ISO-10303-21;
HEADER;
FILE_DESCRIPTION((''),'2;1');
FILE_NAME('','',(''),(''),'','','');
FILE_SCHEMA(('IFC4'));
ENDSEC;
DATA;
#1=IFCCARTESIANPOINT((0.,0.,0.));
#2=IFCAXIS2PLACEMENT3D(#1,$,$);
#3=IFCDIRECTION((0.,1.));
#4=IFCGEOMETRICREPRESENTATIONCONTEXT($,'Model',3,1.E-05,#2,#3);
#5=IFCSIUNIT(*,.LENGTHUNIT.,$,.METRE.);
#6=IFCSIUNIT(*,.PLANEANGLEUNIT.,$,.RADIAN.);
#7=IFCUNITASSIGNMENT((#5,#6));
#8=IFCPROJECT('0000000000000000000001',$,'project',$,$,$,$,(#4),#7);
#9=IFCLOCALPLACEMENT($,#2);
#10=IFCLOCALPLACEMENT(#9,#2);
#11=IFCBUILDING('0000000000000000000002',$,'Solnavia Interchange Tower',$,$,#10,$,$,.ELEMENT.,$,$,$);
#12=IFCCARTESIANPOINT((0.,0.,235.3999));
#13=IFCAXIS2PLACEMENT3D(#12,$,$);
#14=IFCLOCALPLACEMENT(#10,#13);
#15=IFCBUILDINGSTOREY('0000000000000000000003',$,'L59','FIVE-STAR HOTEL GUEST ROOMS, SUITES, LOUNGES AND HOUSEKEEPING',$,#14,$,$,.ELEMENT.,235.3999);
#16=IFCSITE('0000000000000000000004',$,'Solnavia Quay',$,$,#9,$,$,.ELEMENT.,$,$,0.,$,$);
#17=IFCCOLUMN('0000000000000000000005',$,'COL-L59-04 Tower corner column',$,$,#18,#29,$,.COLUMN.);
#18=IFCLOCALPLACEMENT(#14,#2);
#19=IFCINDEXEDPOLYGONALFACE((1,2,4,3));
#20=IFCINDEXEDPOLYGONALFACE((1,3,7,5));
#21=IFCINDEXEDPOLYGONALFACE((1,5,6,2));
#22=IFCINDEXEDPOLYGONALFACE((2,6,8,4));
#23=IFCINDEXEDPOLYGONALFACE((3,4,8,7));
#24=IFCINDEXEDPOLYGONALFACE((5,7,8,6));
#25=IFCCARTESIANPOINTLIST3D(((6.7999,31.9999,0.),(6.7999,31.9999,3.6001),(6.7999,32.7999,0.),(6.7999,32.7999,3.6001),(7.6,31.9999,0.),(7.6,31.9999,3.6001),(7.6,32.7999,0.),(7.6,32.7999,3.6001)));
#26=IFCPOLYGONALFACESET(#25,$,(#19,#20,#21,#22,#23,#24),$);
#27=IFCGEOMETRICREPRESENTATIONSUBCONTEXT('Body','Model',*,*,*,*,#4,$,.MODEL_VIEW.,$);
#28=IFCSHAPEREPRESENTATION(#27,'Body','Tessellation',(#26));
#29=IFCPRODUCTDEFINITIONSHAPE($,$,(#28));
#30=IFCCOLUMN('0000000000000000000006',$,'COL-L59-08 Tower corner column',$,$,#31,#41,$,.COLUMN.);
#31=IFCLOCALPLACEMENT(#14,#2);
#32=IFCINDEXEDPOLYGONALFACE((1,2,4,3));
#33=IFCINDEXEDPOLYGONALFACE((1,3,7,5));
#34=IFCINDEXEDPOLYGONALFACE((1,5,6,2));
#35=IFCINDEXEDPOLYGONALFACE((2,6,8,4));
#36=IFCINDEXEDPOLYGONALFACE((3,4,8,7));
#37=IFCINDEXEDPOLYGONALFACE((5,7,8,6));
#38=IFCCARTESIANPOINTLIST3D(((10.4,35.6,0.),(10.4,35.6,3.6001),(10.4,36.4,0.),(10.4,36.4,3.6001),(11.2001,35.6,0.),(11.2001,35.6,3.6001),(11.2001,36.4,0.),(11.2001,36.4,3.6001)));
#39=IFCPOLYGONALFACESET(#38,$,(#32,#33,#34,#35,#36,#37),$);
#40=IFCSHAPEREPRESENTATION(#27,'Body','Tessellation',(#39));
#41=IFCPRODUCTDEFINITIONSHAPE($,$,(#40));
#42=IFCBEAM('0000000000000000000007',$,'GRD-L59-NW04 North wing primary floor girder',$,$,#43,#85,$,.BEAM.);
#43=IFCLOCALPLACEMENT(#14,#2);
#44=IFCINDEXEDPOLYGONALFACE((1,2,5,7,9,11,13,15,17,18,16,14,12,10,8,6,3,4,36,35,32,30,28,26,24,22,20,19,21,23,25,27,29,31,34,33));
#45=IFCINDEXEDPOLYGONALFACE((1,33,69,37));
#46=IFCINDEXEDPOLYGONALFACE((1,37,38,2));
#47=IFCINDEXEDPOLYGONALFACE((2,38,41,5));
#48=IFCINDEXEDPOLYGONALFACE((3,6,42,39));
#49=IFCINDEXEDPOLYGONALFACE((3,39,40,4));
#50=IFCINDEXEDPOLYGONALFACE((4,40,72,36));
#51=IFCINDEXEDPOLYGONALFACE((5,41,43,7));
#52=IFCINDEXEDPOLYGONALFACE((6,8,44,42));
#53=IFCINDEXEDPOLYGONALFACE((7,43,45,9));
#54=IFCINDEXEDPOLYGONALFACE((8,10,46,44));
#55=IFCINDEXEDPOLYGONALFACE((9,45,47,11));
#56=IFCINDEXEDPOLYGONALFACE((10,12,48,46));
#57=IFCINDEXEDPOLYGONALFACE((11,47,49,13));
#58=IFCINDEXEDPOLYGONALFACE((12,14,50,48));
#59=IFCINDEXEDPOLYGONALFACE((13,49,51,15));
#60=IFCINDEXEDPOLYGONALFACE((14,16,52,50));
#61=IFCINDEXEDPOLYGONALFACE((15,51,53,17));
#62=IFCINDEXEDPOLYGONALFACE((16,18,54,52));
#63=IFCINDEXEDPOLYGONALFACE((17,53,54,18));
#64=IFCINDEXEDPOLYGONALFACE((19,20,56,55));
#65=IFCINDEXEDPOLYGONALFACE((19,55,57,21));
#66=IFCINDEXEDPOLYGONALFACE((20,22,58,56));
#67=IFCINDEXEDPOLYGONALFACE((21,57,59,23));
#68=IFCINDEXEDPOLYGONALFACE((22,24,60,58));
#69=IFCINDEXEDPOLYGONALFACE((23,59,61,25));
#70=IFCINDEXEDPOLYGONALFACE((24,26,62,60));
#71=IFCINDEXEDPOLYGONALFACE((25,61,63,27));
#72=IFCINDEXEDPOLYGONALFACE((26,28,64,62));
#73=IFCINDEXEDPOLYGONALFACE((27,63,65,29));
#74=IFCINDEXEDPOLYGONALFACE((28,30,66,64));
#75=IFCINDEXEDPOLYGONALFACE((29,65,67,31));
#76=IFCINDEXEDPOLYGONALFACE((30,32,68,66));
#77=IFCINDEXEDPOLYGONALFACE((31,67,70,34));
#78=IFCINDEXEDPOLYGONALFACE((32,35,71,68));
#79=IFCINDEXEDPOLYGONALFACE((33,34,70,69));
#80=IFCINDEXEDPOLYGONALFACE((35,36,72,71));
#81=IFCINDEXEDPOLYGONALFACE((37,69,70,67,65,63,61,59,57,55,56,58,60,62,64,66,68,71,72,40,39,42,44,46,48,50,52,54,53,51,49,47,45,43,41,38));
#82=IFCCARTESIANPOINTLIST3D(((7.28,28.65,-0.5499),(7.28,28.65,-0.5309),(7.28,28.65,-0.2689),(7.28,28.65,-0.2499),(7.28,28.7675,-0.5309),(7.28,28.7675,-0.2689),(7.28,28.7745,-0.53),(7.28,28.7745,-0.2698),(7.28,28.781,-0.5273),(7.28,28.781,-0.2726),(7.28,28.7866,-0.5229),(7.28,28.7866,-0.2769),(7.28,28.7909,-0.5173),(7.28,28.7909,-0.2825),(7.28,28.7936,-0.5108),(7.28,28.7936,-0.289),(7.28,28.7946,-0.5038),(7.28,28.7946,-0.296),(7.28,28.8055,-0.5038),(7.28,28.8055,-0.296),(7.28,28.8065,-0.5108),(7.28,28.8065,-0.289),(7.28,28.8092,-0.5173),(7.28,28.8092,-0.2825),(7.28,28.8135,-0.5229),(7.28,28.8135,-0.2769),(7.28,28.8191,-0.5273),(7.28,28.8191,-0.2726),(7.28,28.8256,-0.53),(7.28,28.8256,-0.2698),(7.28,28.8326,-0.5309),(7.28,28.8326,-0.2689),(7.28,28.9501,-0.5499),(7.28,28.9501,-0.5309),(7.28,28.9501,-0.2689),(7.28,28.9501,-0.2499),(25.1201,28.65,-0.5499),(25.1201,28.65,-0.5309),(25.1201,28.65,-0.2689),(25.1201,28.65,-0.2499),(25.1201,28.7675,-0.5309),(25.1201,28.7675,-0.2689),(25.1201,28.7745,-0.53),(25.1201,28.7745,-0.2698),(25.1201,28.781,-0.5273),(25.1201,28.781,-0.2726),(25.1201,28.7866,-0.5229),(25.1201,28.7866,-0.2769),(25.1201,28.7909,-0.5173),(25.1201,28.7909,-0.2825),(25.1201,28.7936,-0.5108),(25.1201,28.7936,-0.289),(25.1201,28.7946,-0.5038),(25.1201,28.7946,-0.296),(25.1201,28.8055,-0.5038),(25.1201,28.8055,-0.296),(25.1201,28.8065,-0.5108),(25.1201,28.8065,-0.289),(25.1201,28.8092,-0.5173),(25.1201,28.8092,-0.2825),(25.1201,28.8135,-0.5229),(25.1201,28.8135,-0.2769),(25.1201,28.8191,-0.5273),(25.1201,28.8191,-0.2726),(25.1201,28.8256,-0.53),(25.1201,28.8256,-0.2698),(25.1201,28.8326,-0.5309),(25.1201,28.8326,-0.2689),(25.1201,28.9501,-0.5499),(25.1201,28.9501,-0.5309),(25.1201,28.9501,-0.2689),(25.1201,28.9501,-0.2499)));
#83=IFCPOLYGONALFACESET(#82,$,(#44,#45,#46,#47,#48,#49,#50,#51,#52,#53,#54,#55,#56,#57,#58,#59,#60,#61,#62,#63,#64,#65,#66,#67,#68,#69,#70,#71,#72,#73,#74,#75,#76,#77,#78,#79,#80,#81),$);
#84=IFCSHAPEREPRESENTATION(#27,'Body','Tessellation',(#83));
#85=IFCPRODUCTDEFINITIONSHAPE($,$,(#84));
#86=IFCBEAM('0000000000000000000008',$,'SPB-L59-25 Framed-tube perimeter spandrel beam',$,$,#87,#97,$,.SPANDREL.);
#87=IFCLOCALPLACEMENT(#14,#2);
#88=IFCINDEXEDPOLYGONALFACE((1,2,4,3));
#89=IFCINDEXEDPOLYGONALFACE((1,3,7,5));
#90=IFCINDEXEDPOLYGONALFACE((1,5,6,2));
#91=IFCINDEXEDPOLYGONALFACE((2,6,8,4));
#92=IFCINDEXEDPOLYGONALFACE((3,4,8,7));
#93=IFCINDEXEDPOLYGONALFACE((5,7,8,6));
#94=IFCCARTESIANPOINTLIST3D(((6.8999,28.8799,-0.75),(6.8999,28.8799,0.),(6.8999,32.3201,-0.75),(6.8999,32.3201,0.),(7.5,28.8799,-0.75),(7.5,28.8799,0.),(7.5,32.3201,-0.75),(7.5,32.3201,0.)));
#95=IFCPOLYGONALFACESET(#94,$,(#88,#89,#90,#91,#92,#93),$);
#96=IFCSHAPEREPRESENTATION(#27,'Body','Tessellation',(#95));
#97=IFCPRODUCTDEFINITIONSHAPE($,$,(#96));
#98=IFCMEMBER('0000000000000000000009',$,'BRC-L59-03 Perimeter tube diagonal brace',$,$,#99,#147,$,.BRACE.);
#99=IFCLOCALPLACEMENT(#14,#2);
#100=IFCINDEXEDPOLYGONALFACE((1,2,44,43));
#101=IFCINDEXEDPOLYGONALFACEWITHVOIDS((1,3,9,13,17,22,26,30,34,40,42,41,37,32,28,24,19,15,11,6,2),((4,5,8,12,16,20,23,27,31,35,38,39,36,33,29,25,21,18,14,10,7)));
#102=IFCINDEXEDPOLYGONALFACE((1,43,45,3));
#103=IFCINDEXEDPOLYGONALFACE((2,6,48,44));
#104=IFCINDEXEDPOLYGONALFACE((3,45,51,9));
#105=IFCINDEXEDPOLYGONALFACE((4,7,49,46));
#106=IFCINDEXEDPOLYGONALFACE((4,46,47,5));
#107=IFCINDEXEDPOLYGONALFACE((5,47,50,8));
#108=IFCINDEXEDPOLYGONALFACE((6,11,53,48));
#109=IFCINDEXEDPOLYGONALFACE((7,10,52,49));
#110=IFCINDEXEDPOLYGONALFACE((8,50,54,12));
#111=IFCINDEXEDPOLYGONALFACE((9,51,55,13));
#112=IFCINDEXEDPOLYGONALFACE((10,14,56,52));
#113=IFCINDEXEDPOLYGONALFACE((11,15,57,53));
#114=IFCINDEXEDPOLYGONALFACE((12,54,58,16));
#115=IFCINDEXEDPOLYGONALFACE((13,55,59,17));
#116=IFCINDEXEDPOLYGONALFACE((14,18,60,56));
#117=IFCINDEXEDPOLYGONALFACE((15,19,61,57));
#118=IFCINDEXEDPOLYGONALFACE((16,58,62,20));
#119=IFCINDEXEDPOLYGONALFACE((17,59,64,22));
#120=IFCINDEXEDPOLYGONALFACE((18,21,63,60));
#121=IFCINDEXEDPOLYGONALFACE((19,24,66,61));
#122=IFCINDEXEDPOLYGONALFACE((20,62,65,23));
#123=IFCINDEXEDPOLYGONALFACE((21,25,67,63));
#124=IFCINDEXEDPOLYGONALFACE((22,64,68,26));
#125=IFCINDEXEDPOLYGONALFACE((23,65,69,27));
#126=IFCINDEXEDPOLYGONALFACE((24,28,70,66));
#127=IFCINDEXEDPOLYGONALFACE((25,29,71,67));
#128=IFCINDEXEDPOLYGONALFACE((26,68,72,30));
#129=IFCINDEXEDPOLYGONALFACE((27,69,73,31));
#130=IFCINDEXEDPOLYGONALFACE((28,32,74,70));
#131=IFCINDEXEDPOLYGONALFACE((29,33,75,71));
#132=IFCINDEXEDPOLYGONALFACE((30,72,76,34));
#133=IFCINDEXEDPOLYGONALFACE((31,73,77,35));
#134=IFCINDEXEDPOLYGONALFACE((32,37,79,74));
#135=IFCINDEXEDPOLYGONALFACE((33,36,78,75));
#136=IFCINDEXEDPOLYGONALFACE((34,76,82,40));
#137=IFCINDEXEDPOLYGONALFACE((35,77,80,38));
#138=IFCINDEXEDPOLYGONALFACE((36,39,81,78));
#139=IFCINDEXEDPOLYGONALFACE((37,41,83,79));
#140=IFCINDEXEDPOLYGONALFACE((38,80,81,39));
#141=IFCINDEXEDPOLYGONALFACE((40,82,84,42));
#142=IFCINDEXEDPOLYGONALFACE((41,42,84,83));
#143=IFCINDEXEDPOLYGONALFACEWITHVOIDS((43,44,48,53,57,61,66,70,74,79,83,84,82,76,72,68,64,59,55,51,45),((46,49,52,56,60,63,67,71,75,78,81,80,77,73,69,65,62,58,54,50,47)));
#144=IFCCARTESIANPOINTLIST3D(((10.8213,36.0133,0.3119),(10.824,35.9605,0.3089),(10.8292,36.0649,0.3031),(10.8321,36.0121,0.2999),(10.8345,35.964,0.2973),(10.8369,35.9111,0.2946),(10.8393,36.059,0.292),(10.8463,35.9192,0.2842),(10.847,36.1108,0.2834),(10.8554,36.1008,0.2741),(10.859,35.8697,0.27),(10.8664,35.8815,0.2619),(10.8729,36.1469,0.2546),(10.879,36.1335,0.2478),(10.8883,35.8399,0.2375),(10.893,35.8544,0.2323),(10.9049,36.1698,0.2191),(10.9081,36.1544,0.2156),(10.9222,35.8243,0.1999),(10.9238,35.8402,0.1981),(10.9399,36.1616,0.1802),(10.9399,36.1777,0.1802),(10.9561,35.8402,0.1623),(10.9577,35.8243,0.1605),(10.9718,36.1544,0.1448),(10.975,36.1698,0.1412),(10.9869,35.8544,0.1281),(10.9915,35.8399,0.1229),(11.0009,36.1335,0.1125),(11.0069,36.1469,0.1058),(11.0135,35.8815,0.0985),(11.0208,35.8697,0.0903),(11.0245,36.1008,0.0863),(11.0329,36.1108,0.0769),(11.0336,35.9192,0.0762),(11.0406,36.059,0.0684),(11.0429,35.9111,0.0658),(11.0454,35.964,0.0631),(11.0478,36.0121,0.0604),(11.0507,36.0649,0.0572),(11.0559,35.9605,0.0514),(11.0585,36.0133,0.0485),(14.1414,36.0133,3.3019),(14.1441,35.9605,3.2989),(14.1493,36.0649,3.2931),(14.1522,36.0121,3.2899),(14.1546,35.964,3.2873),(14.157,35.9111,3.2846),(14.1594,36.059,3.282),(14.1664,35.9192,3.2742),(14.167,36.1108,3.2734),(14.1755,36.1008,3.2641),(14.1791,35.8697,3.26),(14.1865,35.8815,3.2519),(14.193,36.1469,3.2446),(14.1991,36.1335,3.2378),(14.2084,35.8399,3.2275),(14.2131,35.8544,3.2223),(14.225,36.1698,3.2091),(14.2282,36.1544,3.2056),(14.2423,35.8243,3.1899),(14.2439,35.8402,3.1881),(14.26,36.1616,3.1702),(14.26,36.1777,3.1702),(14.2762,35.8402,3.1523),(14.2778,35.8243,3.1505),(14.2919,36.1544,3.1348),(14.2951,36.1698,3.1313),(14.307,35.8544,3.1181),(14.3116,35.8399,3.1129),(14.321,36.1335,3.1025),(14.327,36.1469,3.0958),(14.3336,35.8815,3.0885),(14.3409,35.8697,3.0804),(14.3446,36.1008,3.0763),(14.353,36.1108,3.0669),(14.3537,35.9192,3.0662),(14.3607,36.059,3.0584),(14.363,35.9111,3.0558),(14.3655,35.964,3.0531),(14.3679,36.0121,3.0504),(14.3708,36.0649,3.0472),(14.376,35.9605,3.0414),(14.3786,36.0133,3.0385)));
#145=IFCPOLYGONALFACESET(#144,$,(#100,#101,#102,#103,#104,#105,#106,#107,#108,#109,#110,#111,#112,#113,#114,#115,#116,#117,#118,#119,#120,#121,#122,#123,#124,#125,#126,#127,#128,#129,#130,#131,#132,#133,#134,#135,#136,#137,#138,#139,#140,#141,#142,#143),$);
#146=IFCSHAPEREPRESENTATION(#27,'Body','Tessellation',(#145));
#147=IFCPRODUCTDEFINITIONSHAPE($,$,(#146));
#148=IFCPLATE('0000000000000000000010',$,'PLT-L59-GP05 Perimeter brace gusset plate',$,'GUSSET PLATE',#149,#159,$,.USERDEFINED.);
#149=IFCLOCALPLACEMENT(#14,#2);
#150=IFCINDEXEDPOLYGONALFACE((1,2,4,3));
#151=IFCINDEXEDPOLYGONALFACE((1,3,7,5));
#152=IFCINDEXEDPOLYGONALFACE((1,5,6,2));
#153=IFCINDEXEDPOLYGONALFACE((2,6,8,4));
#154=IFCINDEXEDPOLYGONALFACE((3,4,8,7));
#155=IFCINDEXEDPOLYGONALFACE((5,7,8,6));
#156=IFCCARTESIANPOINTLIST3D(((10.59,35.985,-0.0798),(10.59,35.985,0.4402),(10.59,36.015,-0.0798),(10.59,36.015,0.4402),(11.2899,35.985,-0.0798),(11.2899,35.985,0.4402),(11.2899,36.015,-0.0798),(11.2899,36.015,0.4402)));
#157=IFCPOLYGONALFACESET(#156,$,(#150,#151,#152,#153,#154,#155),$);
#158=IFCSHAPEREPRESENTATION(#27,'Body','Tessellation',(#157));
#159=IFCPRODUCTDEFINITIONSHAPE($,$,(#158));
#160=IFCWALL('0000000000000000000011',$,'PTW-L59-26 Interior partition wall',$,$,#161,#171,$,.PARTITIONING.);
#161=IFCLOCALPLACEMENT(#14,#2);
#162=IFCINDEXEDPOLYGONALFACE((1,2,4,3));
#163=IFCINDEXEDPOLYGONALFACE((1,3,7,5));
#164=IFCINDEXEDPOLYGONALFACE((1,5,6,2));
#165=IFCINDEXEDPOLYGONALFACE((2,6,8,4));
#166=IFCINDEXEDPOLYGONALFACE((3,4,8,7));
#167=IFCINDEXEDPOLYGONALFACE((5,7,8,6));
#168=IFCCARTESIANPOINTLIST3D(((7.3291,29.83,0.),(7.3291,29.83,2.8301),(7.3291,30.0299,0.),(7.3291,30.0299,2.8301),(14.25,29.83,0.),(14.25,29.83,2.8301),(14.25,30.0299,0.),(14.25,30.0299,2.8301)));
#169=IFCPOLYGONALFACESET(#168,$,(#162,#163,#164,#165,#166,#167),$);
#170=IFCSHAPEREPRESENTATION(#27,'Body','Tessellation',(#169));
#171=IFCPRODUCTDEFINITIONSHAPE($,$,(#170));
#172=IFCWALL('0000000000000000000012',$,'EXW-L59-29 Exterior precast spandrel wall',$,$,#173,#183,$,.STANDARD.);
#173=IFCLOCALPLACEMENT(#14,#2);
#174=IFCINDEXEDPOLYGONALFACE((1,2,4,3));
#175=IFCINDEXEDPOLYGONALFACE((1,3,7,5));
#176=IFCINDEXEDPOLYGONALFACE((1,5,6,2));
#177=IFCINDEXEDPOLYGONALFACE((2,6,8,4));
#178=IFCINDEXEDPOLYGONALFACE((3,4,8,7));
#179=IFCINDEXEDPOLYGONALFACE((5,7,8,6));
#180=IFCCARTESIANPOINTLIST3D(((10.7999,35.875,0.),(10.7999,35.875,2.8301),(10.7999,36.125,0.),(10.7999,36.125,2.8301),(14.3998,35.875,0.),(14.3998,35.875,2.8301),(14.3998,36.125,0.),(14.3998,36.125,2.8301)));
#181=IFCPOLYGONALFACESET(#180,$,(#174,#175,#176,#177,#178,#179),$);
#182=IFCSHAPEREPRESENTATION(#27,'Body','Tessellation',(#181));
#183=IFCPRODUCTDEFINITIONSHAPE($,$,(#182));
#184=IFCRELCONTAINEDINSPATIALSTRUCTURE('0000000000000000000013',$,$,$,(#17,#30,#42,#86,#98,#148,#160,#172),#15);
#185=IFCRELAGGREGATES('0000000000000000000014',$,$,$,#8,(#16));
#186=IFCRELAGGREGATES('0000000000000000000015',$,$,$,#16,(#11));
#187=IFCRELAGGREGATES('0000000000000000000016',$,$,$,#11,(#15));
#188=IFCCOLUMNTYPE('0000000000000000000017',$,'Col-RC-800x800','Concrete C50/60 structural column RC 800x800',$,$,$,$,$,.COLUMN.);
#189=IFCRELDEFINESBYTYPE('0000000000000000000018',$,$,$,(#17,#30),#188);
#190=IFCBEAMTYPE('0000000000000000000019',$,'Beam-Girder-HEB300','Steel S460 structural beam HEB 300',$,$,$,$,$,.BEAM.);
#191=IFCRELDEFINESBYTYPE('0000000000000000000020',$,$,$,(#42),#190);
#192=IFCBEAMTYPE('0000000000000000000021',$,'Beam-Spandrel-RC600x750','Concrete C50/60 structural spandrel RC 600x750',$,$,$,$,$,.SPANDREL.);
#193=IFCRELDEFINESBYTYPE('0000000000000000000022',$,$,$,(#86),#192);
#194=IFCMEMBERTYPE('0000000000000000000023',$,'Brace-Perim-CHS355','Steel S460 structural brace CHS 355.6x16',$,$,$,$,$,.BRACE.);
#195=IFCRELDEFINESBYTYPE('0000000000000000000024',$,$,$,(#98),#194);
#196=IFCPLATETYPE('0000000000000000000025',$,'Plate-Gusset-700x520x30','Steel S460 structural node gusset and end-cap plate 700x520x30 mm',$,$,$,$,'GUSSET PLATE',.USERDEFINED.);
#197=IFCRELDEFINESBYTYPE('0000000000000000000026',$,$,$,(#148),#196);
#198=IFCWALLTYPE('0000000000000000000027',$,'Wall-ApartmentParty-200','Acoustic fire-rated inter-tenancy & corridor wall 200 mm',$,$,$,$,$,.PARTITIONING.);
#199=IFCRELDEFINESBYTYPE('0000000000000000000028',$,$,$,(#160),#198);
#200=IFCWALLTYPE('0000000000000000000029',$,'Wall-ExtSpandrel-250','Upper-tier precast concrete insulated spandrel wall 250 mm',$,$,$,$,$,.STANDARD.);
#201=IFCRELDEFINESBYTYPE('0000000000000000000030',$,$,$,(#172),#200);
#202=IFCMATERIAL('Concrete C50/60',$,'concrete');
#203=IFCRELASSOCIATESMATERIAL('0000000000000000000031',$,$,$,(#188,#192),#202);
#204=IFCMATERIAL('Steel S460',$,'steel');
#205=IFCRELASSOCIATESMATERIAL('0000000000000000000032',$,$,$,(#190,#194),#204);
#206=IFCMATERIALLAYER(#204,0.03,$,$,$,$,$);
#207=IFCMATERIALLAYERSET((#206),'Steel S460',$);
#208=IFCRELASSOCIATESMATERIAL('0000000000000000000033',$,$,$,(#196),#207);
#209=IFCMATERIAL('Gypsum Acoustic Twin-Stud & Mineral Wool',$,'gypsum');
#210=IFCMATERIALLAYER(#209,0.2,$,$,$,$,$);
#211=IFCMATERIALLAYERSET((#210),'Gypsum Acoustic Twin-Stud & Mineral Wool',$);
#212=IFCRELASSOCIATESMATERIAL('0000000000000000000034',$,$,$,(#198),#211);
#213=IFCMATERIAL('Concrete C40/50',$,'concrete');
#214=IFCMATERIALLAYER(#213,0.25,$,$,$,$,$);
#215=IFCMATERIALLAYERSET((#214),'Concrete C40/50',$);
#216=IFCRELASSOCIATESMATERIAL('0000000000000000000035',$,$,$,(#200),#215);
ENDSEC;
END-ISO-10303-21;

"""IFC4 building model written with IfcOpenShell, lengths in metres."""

from ifc_helpers import new_model, si_unit, direction, frame, frame_2d, origin, origin_2d, place, context, subcontext, project, spatial, rectangle, hollow_circle, i_section, extrude, material, layer, layer_set, material_profile, profile_set, type_object, element, save


model = new_model("IFC4")

# Units and contexts
model_context = context("Model", 3, precision=1e-05, world=origin(), true_north=direction((0.0, 1.0)))
body_context = subcontext(model_context, "Body", "Model", "MODEL_VIEW")
ifc_project = project(units=[si_unit("LENGTHUNIT", "METRE"), si_unit("PLANEANGLEUNIT", "RADIAN")], contexts=[model_context])

# Site, building, storey
site_placement = place(None, origin())
site = spatial("IfcSite", under=ifc_project, at=site_placement, Name="Solnavia Quay", CompositionType="ELEMENT", RefElevation=0.0)
building_placement = place(site_placement, origin())
building = spatial("IfcBuilding", under=site, at=building_placement, Name="Solnavia Interchange Tower", CompositionType="ELEMENT")
storey_placement = place(building_placement, frame((0.0, 0.0, 235.3999)))
storey = spatial("IfcBuildingStorey", under=building, at=storey_placement, Name="L59", Description="FIVE-STAR HOTEL GUEST ROOMS, SUITES, LOUNGES AND HOUSEKEEPING", CompositionType="ELEMENT", Elevation=235.3999)

# Columns
ifc_material_1 = material(Name="Concrete C50/60", Category="concrete")
ifc_material_profile_1 = material_profile(ifc_material_1, rectangle(XDim=0.8, YDim=0.8, at=origin_2d()), Name="RC 800x800")
ifc_profile_set_1 = profile_set([ifc_material_profile_1], Name="Concrete C50/60")
column_type = type_object("IfcColumnType", Name="Col-RC-800x800", Description="Concrete C50/60 structural column RC 800x800", PredefinedType="COLUMN", material=ifc_profile_set_1)
for number, where, z_axis, x_axis, name in (
    (1, (7.2, 32.3999, 0.0), (0.0, 0.0, 1.0), (0.0, 1.0, 0.0), "COL-L59-04 Tower corner column"),
    (2, (10.8, 36.0, 0.0), (0.0, 0.0, 1.0), (1.0, 0.0, 0.0), "COL-L59-08 Tower corner column"),
):
    element("IfcColumn", number, at=place(storey_placement, frame(where, z_axis=z_axis, x_axis=x_axis)), inside=storey, type_object=column_type, Name=name, PredefinedType="COLUMN", context=body_context, shape_type="SweptSolid", body=[
        extrude(rectangle(XDim=0.8, YDim=0.8, at=origin_2d()), origin(), (0.0, 0.0, 1.0), 3.6001),
    ])

# Beams
ifc_material_2 = material(Name="Steel S460", Category="steel")
ifc_material_profile_2 = material_profile(ifc_material_2, i_section(OverallWidth=0.3, OverallDepth=0.3, WebThickness=0.011, FlangeThickness=0.019, FilletRadius=0.0271, at=origin_2d()), Name="HEB 300")
ifc_profile_set_2 = profile_set([ifc_material_profile_2], Name="Steel S460")
beam_type_1 = type_object("IfcBeamType", Name="Beam-Girder-HEB300", Description="Steel S460 structural beam HEB 300", PredefinedType="BEAM", material=ifc_profile_set_2)
beam_1_placement = place(storey_placement, frame((7.28, 28.8, -0.3999), z_axis=(1.0, 0.0, 0.0), x_axis=(0.0, 1.0, 0.0)))
element("IfcBeam", 3, at=beam_1_placement, inside=storey, type_object=beam_type_1, Name="GRD-L59-NW04 North wing primary floor girder", PredefinedType="BEAM", context=body_context, shape_type="SweptSolid", body=[
    extrude(i_section(OverallWidth=0.3, OverallDepth=0.3, WebThickness=0.011, FlangeThickness=0.019, FilletRadius=0.0271, at=origin_2d()), origin(), (0.0, 0.0, 1.0), 17.8401),
])
ifc_material_profile_3 = material_profile(ifc_material_1, rectangle(XDim=0.6001, YDim=0.75, at=origin_2d()), Name="RC 600x750")
ifc_profile_set_3 = profile_set([ifc_material_profile_3], Name="Concrete C50/60")
beam_type_2 = type_object("IfcBeamType", Name="Beam-Spandrel-RC600x750", Description="Concrete C50/60 structural spandrel RC 600x750", PredefinedType="SPANDREL", material=ifc_profile_set_3)
beam_2_placement = place(storey_placement, frame((7.2, 32.3201, -0.375), z_axis=(0.0, -1.0, 0.0), x_axis=(1.0, 0.0, 0.0)))
element("IfcBeam", 4, at=beam_2_placement, inside=storey, type_object=beam_type_2, Name="SPB-L59-25 Framed-tube perimeter spandrel beam", PredefinedType="SPANDREL", context=body_context, shape_type="SweptSolid", body=[
    extrude(rectangle(XDim=0.6001, YDim=0.75, at=origin_2d()), origin(), (0.0, 0.0, 1.0), 3.4402),
])

# Member
ifc_material_profile_4 = material_profile(ifc_material_2, hollow_circle(Radius=0.1777, WallThickness=0.0161, at=origin_2d()), Name="CHS 355.6x16")
ifc_profile_set_4 = profile_set([ifc_material_profile_4], Name="Steel S460")
member_type = type_object("IfcMemberType", Name="Brace-Perim-CHS355", Description="Steel S460 structural brace CHS 355.6x16", PredefinedType="BRACE", material=ifc_profile_set_4)
member_placement = place(storey_placement, frame((10.9399, 36.0, 0.1802), z_axis=(0.743079, 0.0, 0.669203), x_axis=(0.0, 1.0, 0.0)))
element("IfcMember", 5, at=member_placement, inside=storey, type_object=member_type, Name="BRC-L59-03 Perimeter tube diagonal brace", PredefinedType="BRACE", context=body_context, shape_type="SweptSolid", body=[
    extrude(hollow_circle(Radius=0.1777, WallThickness=0.0161, at=origin_2d()), origin(), (0.0, 0.0, 1.0), 4.468),
])

# Plate
ifc_layer_1 = layer(ifc_material_2, 0.03)
ifc_layer_set_1 = layer_set([ifc_layer_1], Name="Steel S460")
plate_type = type_object("IfcPlateType", Name="Plate-Gusset-700x520x30", Description="Steel S460 structural node gusset and end-cap plate 700x520x30 mm", ElementType="GUSSET PLATE", PredefinedType="USERDEFINED", material=ifc_layer_set_1)
plate_placement = place(storey_placement, frame((10.9399, 36.0, -0.0798), z_axis=(0.0, 0.0, 1.0), x_axis=(1.0, 0.0, 0.0)))
element("IfcPlate", 6, at=plate_placement, inside=storey, type_object=plate_type, Name="PLT-L59-GP05 Perimeter brace gusset plate", ObjectType="GUSSET PLATE", PredefinedType="USERDEFINED", context=body_context, shape_type="SweptSolid", body=[
    extrude(rectangle(XDim=0.7, YDim=0.03, at=origin_2d()), origin(), (0.0, 0.0, 1.0), 0.52),
])

# Walls
ifc_material_3 = material(Name="Gypsum Acoustic Twin-Stud & Mineral Wool", Category="gypsum")
ifc_layer_2 = layer(ifc_material_3, 0.2)
ifc_layer_set_2 = layer_set([ifc_layer_2], Name="Gypsum Acoustic Twin-Stud & Mineral Wool")
wall_type_1 = type_object("IfcWallType", Name="Wall-ApartmentParty-200", Description="Acoustic fire-rated inter-tenancy & corridor wall 200 mm", PredefinedType="PARTITIONING", material=ifc_layer_set_2)
wall_1_placement = place(storey_placement, frame((7.3291, 29.9299, 0.0), z_axis=(0.0, 0.0, 1.0), x_axis=(1.0, 0.0, 0.0)))
element("IfcWall", 7, at=wall_1_placement, inside=storey, type_object=wall_type_1, Name="PTW-L59-26 Interior partition wall", PredefinedType="PARTITIONING", context=body_context, shape_type="SweptSolid", body=[
    extrude(rectangle(XDim=6.9209, YDim=0.2, at=frame_2d((3.4604, 0.0))), origin(), (0.0, 0.0, 1.0), 2.8301),
])
ifc_material_4 = material(Name="Concrete C40/50", Category="concrete")
ifc_layer_3 = layer(ifc_material_4, 0.25)
ifc_layer_set_3 = layer_set([ifc_layer_3], Name="Concrete C40/50")
wall_type_2 = type_object("IfcWallType", Name="Wall-ExtSpandrel-250", Description="Upper-tier precast concrete insulated spandrel wall 250 mm", PredefinedType="STANDARD", material=ifc_layer_set_3)
wall_2_placement = place(storey_placement, frame((10.8, 36.0, 0.0), z_axis=(0.0, 0.0, 1.0), x_axis=(1.0, 0.0, 0.0)))
element("IfcWall", 8, at=wall_2_placement, inside=storey, type_object=wall_type_2, Name="EXW-L59-29 Exterior precast spandrel wall", PredefinedType="STANDARD", context=body_context, shape_type="SweptSolid", body=[
    extrude(rectangle(XDim=3.5999, YDim=0.25, at=frame_2d((1.7998, 0.0))), origin(), (0.0, 0.0, 1.0), 2.8301),
])

save(model, "model.ifc")
